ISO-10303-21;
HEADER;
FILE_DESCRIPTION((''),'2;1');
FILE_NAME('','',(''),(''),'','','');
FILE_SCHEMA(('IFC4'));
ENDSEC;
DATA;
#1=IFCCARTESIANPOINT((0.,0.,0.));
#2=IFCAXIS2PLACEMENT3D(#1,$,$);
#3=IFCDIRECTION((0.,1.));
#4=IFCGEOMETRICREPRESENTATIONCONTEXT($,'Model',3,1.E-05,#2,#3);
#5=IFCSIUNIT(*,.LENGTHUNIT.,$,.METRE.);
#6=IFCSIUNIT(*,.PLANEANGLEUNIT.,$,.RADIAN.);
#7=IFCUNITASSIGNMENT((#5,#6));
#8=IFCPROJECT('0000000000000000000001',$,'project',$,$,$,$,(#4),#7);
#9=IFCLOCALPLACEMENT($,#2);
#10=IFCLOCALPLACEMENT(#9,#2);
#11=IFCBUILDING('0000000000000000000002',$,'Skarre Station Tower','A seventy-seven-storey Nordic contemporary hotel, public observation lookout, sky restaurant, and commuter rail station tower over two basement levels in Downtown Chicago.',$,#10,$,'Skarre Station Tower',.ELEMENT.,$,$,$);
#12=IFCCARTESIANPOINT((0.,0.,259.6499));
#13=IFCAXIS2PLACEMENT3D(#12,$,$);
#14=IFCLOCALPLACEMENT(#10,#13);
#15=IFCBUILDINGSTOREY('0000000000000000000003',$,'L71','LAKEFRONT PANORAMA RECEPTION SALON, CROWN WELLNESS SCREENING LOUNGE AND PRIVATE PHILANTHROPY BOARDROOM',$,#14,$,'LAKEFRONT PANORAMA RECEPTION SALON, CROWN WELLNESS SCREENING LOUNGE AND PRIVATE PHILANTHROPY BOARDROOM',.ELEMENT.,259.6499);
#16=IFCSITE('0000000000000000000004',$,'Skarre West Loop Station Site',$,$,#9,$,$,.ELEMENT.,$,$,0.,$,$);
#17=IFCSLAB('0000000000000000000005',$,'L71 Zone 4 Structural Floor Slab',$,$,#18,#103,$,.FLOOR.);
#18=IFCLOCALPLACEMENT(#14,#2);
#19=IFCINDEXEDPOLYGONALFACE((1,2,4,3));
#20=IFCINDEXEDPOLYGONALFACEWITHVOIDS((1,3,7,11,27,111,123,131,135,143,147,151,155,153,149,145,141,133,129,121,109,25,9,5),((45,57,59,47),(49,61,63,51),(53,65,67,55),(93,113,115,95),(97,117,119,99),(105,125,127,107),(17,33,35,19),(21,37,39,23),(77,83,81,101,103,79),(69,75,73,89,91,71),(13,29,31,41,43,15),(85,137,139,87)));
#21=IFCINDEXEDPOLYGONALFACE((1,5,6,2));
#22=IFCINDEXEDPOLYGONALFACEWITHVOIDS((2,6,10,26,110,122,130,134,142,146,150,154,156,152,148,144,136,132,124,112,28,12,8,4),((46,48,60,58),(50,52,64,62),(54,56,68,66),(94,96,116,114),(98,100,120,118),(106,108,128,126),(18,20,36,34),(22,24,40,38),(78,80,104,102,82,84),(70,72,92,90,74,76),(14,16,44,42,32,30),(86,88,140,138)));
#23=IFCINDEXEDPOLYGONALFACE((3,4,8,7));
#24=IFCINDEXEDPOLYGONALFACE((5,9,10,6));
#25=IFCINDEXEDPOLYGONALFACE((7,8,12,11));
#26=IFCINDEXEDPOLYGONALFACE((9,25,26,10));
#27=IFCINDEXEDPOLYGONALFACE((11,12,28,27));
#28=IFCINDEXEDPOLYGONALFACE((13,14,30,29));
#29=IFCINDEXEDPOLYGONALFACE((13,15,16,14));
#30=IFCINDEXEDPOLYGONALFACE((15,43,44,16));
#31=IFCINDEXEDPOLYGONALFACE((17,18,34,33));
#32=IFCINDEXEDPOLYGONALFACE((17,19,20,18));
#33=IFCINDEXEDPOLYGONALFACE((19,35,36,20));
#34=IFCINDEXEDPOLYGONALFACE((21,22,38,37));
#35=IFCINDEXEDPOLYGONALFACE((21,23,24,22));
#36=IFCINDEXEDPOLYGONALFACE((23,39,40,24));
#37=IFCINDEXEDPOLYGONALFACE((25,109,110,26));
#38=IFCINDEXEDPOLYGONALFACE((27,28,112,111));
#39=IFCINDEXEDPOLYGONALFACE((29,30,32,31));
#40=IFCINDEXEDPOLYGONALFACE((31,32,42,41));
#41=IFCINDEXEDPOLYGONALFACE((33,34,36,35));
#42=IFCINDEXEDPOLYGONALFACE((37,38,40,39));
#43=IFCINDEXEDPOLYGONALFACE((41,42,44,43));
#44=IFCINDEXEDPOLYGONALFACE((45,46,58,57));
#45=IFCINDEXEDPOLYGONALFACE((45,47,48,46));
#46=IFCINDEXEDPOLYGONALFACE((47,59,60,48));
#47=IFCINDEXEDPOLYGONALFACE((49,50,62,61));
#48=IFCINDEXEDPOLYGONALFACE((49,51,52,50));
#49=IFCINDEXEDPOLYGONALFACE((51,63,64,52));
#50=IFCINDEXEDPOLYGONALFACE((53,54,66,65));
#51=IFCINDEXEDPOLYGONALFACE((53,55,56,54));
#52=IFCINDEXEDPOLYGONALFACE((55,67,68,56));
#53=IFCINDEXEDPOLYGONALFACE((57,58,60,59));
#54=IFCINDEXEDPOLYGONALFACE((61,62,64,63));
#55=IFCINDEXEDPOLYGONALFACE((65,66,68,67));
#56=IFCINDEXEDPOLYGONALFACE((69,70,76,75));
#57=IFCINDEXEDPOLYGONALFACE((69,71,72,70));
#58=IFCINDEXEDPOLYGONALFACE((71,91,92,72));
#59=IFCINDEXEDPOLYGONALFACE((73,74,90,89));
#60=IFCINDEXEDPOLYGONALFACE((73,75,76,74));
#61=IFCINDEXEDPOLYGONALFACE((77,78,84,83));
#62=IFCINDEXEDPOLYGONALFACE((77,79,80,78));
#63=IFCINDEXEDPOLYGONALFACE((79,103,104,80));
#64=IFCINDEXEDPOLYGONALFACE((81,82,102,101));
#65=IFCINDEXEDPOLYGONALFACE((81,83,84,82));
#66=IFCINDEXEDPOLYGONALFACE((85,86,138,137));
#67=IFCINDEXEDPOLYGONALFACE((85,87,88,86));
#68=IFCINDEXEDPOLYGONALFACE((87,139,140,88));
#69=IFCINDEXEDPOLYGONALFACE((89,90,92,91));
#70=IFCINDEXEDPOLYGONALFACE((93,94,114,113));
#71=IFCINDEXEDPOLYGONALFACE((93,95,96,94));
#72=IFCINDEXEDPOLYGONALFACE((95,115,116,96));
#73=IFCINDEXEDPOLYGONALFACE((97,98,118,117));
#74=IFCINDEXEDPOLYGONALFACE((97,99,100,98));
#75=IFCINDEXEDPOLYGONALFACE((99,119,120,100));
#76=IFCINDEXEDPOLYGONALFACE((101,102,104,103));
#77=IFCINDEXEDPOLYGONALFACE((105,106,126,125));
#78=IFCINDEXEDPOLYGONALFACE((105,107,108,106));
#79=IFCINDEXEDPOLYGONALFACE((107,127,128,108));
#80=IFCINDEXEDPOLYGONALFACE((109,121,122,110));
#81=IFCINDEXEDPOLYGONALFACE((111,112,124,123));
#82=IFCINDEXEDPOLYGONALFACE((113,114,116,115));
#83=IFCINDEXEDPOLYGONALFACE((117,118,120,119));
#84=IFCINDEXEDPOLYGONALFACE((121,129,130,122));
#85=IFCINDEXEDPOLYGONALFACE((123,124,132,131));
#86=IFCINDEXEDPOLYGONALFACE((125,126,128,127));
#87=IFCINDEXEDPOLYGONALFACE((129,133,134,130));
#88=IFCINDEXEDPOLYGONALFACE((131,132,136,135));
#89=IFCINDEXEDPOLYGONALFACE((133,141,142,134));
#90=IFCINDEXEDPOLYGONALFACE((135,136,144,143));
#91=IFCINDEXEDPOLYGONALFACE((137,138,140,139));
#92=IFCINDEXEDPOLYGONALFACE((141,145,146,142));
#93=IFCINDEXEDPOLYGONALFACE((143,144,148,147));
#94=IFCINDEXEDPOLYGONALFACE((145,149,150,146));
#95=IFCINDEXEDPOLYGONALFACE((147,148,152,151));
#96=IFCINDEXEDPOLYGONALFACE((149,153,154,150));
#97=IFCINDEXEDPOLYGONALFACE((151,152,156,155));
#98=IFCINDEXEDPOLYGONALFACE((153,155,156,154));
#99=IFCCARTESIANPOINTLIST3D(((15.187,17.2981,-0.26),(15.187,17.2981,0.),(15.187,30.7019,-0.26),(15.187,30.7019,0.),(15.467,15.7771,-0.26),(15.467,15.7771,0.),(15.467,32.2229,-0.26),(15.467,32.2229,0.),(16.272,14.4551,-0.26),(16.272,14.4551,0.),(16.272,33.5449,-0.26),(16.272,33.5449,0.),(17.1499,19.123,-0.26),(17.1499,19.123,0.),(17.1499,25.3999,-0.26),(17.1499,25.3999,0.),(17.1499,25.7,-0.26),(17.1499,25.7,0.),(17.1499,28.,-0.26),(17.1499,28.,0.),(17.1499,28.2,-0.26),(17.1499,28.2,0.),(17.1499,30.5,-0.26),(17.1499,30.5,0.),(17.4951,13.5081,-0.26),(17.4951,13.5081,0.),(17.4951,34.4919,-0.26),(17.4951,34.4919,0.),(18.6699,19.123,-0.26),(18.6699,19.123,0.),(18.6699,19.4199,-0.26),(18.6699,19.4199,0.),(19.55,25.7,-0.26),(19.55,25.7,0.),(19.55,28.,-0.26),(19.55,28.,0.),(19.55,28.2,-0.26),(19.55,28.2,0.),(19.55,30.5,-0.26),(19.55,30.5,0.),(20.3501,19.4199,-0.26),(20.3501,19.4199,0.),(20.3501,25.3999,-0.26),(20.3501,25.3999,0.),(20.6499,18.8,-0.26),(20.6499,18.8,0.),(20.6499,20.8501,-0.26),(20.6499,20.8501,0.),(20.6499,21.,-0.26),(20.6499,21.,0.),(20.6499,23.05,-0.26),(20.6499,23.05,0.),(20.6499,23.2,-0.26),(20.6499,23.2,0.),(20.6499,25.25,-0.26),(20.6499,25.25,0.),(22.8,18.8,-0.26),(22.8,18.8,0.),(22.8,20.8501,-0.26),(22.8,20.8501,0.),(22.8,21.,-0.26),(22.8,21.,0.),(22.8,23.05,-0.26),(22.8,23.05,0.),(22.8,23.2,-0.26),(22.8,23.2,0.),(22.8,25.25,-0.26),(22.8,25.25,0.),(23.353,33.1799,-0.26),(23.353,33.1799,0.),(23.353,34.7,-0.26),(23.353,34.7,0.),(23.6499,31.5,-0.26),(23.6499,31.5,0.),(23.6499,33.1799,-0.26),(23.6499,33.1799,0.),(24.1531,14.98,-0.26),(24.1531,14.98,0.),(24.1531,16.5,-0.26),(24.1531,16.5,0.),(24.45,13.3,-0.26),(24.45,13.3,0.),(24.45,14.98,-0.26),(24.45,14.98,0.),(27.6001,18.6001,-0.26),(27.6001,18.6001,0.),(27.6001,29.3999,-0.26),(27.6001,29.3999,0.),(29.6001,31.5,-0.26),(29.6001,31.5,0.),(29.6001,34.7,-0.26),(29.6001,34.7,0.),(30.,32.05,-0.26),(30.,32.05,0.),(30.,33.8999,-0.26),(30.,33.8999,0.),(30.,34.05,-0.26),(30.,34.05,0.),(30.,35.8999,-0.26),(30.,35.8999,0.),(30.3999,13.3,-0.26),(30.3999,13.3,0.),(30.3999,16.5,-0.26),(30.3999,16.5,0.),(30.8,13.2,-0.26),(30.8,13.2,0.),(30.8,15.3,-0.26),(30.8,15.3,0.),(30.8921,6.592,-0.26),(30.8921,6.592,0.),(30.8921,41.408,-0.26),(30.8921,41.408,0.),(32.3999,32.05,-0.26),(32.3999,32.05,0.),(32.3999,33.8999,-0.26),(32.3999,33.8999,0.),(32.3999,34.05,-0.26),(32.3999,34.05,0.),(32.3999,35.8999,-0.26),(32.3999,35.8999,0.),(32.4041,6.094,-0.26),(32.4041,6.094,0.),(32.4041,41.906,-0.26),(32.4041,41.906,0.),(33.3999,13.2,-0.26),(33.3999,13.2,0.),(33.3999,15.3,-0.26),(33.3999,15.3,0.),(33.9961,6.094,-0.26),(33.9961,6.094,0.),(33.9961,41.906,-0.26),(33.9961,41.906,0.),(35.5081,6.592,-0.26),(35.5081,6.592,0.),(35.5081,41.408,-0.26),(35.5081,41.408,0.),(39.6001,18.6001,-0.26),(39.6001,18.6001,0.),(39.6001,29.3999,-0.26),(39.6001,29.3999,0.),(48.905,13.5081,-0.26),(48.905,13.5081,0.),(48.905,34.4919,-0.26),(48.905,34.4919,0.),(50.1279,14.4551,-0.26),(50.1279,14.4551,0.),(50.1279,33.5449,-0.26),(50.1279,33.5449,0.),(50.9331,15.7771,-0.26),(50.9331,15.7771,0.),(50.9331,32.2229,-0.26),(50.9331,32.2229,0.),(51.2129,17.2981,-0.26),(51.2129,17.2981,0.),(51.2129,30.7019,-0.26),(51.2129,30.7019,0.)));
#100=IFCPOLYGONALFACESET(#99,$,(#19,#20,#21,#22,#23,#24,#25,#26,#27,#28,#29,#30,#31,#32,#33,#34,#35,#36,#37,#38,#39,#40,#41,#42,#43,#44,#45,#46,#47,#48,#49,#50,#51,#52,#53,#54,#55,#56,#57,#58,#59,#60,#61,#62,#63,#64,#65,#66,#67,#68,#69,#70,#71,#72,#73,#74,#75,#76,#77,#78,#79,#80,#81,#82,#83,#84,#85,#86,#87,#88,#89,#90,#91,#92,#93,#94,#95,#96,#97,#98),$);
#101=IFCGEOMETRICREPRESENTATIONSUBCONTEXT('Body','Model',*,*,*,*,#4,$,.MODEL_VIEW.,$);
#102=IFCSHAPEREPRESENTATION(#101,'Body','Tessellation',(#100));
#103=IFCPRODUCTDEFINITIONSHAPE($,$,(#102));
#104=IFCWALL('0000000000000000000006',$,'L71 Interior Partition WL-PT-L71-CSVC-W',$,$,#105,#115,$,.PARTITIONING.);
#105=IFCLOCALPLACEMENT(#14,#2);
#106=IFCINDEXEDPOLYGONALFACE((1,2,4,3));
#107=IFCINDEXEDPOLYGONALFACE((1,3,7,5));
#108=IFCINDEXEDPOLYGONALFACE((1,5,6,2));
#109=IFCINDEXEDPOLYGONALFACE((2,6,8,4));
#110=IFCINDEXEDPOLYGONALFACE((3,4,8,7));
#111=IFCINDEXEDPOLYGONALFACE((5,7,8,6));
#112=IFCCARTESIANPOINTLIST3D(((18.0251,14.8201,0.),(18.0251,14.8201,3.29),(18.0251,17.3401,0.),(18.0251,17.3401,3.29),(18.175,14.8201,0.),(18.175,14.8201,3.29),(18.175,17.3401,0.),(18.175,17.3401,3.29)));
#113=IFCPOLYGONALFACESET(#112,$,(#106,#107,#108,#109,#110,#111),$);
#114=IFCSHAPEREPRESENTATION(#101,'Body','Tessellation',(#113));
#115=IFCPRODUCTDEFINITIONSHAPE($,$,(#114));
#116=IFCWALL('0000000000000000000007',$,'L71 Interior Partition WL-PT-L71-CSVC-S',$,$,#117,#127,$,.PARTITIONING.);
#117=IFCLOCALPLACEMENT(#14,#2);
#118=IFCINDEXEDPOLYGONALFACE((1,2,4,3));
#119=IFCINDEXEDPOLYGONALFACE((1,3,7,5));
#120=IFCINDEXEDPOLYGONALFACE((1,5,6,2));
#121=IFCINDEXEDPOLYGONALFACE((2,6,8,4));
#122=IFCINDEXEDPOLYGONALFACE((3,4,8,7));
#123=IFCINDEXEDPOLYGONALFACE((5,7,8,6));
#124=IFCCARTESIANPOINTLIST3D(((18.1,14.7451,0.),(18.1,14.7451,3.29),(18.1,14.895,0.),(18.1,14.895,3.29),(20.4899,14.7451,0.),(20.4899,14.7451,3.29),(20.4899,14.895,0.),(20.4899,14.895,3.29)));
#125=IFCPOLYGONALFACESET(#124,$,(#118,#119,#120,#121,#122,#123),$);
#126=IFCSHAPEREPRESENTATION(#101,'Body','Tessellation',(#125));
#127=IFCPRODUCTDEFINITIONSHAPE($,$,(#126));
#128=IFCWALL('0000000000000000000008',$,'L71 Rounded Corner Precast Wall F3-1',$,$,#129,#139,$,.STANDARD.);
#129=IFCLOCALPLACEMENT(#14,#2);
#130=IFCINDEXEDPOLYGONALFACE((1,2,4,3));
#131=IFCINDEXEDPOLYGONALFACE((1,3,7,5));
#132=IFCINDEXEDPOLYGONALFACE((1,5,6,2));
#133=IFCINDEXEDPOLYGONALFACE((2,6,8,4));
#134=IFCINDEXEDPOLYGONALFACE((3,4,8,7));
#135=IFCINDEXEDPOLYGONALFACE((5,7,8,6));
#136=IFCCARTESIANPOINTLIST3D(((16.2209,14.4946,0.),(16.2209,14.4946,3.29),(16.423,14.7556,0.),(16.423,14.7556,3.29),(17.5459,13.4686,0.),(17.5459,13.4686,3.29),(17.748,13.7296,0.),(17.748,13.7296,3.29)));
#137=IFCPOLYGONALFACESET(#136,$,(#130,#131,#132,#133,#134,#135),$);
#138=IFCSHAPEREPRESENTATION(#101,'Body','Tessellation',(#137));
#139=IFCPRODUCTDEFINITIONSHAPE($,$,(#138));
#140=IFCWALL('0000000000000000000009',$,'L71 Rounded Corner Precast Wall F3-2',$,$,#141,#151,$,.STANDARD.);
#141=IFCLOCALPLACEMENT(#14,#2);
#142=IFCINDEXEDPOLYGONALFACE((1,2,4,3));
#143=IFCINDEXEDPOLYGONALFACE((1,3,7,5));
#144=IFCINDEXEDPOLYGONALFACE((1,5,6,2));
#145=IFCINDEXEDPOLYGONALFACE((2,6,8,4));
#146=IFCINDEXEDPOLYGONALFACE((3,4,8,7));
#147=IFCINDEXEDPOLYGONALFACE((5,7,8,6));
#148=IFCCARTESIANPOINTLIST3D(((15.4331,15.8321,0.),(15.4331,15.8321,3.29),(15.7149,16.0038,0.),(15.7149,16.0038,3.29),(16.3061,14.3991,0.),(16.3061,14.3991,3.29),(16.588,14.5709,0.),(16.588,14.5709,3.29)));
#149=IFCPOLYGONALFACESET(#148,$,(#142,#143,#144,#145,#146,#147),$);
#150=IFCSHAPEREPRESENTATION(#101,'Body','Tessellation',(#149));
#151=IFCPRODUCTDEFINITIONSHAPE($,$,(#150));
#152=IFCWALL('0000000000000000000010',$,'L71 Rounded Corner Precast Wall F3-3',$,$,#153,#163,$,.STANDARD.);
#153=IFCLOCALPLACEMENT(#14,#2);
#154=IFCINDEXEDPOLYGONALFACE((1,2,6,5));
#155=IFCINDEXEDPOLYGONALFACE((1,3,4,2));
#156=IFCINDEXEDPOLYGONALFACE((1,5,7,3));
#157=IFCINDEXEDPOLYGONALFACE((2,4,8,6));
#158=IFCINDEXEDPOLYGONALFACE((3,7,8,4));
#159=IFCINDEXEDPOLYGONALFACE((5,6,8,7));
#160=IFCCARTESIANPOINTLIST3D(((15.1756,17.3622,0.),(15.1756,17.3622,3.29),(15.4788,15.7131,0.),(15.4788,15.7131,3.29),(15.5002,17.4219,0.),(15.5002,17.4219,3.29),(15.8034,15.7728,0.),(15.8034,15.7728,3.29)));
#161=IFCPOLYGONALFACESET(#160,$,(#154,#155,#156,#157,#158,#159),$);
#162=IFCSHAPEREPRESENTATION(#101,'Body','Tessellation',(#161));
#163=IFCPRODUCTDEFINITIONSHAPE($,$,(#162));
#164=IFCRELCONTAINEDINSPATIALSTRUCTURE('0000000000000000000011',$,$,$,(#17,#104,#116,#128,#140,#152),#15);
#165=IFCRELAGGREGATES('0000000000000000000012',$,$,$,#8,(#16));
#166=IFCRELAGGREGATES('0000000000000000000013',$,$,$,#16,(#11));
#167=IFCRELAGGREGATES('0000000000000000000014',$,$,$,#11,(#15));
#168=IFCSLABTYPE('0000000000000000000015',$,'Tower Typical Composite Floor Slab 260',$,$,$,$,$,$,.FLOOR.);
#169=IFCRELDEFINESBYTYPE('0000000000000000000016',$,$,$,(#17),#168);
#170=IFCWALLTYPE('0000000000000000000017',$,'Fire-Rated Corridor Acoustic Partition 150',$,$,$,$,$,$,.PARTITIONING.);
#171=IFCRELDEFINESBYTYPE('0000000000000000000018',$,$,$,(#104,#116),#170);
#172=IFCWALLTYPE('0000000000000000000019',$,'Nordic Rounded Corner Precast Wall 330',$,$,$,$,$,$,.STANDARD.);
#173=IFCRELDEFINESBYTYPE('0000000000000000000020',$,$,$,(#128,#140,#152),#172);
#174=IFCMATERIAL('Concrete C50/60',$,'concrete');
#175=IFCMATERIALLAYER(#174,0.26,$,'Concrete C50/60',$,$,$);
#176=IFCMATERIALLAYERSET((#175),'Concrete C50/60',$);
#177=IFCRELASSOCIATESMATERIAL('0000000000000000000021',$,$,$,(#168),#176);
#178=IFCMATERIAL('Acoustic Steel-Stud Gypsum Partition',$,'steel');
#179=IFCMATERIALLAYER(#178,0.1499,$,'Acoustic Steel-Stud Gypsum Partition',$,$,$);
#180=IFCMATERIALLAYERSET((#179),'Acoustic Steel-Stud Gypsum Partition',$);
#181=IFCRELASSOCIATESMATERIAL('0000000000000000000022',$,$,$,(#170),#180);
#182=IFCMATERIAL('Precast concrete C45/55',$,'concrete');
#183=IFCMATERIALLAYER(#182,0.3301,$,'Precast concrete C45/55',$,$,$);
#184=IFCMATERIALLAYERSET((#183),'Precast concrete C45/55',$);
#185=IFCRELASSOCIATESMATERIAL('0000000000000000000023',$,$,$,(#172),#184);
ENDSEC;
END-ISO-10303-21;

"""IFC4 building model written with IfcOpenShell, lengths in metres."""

from ifc_helpers import new_model, si_unit, direction, frame, frame_2d, origin, place, context, subcontext, project, spatial, polyline, rectangle, outline, extrude, material, layer, layer_set, type_object, element, save


model = new_model("IFC4")

# Units and contexts
model_context = context("Model", 3, precision=1e-05, world=origin(), true_north=direction((0.0, 1.0)))
body_context = subcontext(model_context, "Body", "Model", "MODEL_VIEW")
ifc_project = project(units=[si_unit("LENGTHUNIT", "METRE"), si_unit("PLANEANGLEUNIT", "RADIAN")], contexts=[model_context])

# Site, building, storey
site_placement = place(None, origin())
site = spatial("IfcSite", under=ifc_project, at=site_placement, Name="Skarre West Loop Station Site", CompositionType="ELEMENT", RefElevation=0.0)
building_placement = place(site_placement, origin())
building = spatial("IfcBuilding", under=site, at=building_placement, Name="Skarre Station Tower", Description="A seventy-seven-storey Nordic contemporary hotel, public observation lookout, sky restaurant, and commuter rail station tower over two basement levels in Downtown Chicago.", LongName="Skarre Station Tower", CompositionType="ELEMENT")
storey_placement = place(building_placement, frame((0.0, 0.0, 259.6499)))
storey = spatial("IfcBuildingStorey", under=building, at=storey_placement, Name="L71", Description="LAKEFRONT PANORAMA RECEPTION SALON, CROWN WELLNESS SCREENING LOUNGE AND PRIVATE PHILANTHROPY BOARDROOM", LongName="LAKEFRONT PANORAMA RECEPTION SALON, CROWN WELLNESS SCREENING LOUNGE AND PRIVATE PHILANTHROPY BOARDROOM", CompositionType="ELEMENT", Elevation=259.6499)

# Shared definitions
ifc_material_1 = material(Name="Concrete C50/60", Category="concrete")

# Slab
ifc_layer_1 = layer(ifc_material_1, 0.26, Name="Concrete C50/60")
ifc_layer_set_1 = layer_set([ifc_layer_1], Name="Concrete C50/60")
slab_type_1 = type_object("IfcSlabType", Name="Tower Typical Composite Floor Slab 260", PredefinedType="FLOOR", material=ifc_layer_set_1)
slab_1_placement = place(storey_placement, frame((0.0, 0.0, -0.26)))
element("IfcSlab", 1, at=slab_1_placement, inside=storey, type_object=slab_type_1, Name="L71 Zone 4 Structural Floor Slab", PredefinedType="FLOOR", context=body_context, shape_type="SweptSolid", body=[
    extrude(outline(polyline([(51.2129, 30.7019), (50.9331, 32.2229), (50.1279, 33.5449), (48.905, 34.4919), (35.5081, 41.408), (33.9961, 41.906), (32.4041, 41.906), (30.8921, 41.408), (17.4951, 34.4919), (16.272, 33.5449), (15.467, 32.2229), (15.187, 30.7019), (15.187, 17.2981), (15.467, 15.7771), (16.272, 14.4551), (17.4951, 13.5081), (30.8921, 6.592), (32.4041, 6.094), (33.9961, 6.094), (35.5081, 6.592), (48.905, 13.5081), (50.1279, 14.4551), (50.9331, 15.7771), (51.2129, 17.2981), (51.2129, 30.7019)]), holes=[polyline([(18.6699, 19.4199), (18.6699, 19.123), (17.1499, 19.123), (17.1499, 25.3999), (20.3501, 25.3999), (20.3501, 19.4199), (18.6699, 19.4199)]), polyline([(24.45, 14.98), (24.1531, 14.98), (24.1531, 16.5), (30.3999, 16.5), (30.3999, 13.3), (24.45, 13.3), (24.45, 14.98)]), polyline([(23.6499, 33.1799), (23.353, 33.1799), (23.353, 34.7), (29.6001, 34.7), (29.6001, 31.5), (23.6499, 31.5), (23.6499, 33.1799)]), polyline([(17.1499, 28.0), (19.55, 28.0), (19.55, 25.7), (17.1499, 25.7), (17.1499, 28.0)]), polyline([(17.1499, 30.5), (19.55, 30.5), (19.55, 28.2), (17.1499, 28.2), (17.1499, 30.5)]), polyline([(30.8, 15.3), (33.3999, 15.3), (33.3999, 13.2), (30.8, 13.2), (30.8, 15.3)]), polyline([(20.6499, 20.8501), (22.8, 20.8501), (22.8, 18.8), (20.6499, 18.8), (20.6499, 20.8501)]), polyline([(20.6499, 23.05), (22.8, 23.05), (22.8, 21.0), (20.6499, 21.0), (20.6499, 23.05)]), polyline([(20.6499, 25.25), (22.8, 25.25), (22.8, 23.2), (20.6499, 23.2), (20.6499, 25.25)]), polyline([(30.0, 33.8999), (32.3999, 33.8999), (32.3999, 32.05), (30.0, 32.05), (30.0, 33.8999)]), polyline([(30.0, 35.8999), (32.3999, 35.8999), (32.3999, 34.05), (30.0, 34.05), (30.0, 35.8999)]), polyline([(27.6001, 29.3999), (39.6001, 29.3999), (39.6001, 18.6001), (27.6001, 18.6001), (27.6001, 29.3999)])]), origin(), (0.0, 0.0, 1.0), 0.26),
])

# Walls
ifc_material_2 = material(Name="Acoustic Steel-Stud Gypsum Partition", Category="steel")
ifc_layer_2 = layer(ifc_material_2, 0.1499, Name="Acoustic Steel-Stud Gypsum Partition")
ifc_layer_set_2 = layer_set([ifc_layer_2], Name="Acoustic Steel-Stud Gypsum Partition")
wall_type_1 = type_object("IfcWallType", Name="Fire-Rated Corridor Acoustic Partition 150", PredefinedType="PARTITIONING", material=ifc_layer_set_2)
wall_1_placement = place(storey_placement, frame((18.1001, 17.3401, 0.0), z_axis=(0.0, 0.0, 1.0), x_axis=(0.0, -1.0, 0.0)))
element("IfcWall", 2, at=wall_1_placement, inside=storey, type_object=wall_type_1, Name="L71 Interior Partition WL-PT-L71-CSVC-W", PredefinedType="PARTITIONING", context=body_context, shape_type="SweptSolid", body=[
    extrude(rectangle(XDim=2.52, YDim=0.1499, at=frame_2d((1.26, 0.0))), origin(), (0.0, 0.0, 1.0), 3.29),
])
wall_2_placement = place(storey_placement, frame((18.1001, 14.8201, 0.0), z_axis=(0.0, 0.0, 1.0), x_axis=(1.0, 0.0, 0.0)))
element("IfcWall", 3, at=wall_2_placement, inside=storey, type_object=wall_type_1, Name="L71 Interior Partition WL-PT-L71-CSVC-S", PredefinedType="PARTITIONING", context=body_context, shape_type="SweptSolid", body=[
    extrude(rectangle(XDim=2.3899, YDim=0.1499, at=frame_2d((1.1948, 0.0))), origin(), (0.0, 0.0, 1.0), 3.29),
])
ifc_material_3 = material(Name="Precast concrete C45/55", Category="concrete")
ifc_layer_3 = layer(ifc_material_3, 0.3301, Name="Precast concrete C45/55")
ifc_layer_set_3 = layer_set([ifc_layer_3], Name="Precast concrete C45/55")
wall_type_2 = type_object("IfcWallType", Name="Nordic Rounded Corner Precast Wall 330", PredefinedType="STANDARD", material=ifc_layer_set_3)
wall_3_placement = place(storey_placement, frame((17.647, 13.5991, 0.0), z_axis=(0.0, 0.0, 1.0), x_axis=(-0.790692, 0.612214, 0.0)))
element("IfcWall", 4, at=wall_3_placement, inside=storey, type_object=wall_type_2, Name="L71 Rounded Corner Precast Wall F3-1", PredefinedType="STANDARD", context=body_context, shape_type="SweptSolid", body=[
    extrude(rectangle(XDim=1.6758, YDim=0.3301, at=frame_2d((0.8379, 0.0))), origin(), (0.0, 0.0, 1.0), 3.29),
])
wall_4_placement = place(storey_placement, frame((16.447, 14.4851, 0.0), z_axis=(0.0, 0.0, 1.0), x_axis=(-0.520325, 0.853968, 0.0)))
element("IfcWall", 5, at=wall_4_placement, inside=storey, type_object=wall_type_2, Name="L71 Rounded Corner Precast Wall F3-2", PredefinedType="STANDARD", context=body_context, shape_type="SweptSolid", body=[
    extrude(rectangle(XDim=1.678, YDim=0.3301, at=frame_2d((0.8389, 0.0))), origin(), (0.0, 0.0, 1.0), 3.29),
])
wall_5_placement = place(storey_placement, frame((15.6411, 15.7429, 0.0), z_axis=(0.0, 0.0, 1.0), x_axis=(-0.180833, 0.983514, 0.0)))
element("IfcWall", 6, at=wall_5_placement, inside=storey, type_object=wall_type_2, Name="L71 Rounded Corner Precast Wall F3-3", PredefinedType="STANDARD", context=body_context, shape_type="SweptSolid", body=[
    extrude(rectangle(XDim=1.6768, YDim=0.3301, at=frame_2d((0.8384, 0.0))), origin(), (0.0, 0.0, 1.0), 3.29),
])

save(model, "model.ifc")
